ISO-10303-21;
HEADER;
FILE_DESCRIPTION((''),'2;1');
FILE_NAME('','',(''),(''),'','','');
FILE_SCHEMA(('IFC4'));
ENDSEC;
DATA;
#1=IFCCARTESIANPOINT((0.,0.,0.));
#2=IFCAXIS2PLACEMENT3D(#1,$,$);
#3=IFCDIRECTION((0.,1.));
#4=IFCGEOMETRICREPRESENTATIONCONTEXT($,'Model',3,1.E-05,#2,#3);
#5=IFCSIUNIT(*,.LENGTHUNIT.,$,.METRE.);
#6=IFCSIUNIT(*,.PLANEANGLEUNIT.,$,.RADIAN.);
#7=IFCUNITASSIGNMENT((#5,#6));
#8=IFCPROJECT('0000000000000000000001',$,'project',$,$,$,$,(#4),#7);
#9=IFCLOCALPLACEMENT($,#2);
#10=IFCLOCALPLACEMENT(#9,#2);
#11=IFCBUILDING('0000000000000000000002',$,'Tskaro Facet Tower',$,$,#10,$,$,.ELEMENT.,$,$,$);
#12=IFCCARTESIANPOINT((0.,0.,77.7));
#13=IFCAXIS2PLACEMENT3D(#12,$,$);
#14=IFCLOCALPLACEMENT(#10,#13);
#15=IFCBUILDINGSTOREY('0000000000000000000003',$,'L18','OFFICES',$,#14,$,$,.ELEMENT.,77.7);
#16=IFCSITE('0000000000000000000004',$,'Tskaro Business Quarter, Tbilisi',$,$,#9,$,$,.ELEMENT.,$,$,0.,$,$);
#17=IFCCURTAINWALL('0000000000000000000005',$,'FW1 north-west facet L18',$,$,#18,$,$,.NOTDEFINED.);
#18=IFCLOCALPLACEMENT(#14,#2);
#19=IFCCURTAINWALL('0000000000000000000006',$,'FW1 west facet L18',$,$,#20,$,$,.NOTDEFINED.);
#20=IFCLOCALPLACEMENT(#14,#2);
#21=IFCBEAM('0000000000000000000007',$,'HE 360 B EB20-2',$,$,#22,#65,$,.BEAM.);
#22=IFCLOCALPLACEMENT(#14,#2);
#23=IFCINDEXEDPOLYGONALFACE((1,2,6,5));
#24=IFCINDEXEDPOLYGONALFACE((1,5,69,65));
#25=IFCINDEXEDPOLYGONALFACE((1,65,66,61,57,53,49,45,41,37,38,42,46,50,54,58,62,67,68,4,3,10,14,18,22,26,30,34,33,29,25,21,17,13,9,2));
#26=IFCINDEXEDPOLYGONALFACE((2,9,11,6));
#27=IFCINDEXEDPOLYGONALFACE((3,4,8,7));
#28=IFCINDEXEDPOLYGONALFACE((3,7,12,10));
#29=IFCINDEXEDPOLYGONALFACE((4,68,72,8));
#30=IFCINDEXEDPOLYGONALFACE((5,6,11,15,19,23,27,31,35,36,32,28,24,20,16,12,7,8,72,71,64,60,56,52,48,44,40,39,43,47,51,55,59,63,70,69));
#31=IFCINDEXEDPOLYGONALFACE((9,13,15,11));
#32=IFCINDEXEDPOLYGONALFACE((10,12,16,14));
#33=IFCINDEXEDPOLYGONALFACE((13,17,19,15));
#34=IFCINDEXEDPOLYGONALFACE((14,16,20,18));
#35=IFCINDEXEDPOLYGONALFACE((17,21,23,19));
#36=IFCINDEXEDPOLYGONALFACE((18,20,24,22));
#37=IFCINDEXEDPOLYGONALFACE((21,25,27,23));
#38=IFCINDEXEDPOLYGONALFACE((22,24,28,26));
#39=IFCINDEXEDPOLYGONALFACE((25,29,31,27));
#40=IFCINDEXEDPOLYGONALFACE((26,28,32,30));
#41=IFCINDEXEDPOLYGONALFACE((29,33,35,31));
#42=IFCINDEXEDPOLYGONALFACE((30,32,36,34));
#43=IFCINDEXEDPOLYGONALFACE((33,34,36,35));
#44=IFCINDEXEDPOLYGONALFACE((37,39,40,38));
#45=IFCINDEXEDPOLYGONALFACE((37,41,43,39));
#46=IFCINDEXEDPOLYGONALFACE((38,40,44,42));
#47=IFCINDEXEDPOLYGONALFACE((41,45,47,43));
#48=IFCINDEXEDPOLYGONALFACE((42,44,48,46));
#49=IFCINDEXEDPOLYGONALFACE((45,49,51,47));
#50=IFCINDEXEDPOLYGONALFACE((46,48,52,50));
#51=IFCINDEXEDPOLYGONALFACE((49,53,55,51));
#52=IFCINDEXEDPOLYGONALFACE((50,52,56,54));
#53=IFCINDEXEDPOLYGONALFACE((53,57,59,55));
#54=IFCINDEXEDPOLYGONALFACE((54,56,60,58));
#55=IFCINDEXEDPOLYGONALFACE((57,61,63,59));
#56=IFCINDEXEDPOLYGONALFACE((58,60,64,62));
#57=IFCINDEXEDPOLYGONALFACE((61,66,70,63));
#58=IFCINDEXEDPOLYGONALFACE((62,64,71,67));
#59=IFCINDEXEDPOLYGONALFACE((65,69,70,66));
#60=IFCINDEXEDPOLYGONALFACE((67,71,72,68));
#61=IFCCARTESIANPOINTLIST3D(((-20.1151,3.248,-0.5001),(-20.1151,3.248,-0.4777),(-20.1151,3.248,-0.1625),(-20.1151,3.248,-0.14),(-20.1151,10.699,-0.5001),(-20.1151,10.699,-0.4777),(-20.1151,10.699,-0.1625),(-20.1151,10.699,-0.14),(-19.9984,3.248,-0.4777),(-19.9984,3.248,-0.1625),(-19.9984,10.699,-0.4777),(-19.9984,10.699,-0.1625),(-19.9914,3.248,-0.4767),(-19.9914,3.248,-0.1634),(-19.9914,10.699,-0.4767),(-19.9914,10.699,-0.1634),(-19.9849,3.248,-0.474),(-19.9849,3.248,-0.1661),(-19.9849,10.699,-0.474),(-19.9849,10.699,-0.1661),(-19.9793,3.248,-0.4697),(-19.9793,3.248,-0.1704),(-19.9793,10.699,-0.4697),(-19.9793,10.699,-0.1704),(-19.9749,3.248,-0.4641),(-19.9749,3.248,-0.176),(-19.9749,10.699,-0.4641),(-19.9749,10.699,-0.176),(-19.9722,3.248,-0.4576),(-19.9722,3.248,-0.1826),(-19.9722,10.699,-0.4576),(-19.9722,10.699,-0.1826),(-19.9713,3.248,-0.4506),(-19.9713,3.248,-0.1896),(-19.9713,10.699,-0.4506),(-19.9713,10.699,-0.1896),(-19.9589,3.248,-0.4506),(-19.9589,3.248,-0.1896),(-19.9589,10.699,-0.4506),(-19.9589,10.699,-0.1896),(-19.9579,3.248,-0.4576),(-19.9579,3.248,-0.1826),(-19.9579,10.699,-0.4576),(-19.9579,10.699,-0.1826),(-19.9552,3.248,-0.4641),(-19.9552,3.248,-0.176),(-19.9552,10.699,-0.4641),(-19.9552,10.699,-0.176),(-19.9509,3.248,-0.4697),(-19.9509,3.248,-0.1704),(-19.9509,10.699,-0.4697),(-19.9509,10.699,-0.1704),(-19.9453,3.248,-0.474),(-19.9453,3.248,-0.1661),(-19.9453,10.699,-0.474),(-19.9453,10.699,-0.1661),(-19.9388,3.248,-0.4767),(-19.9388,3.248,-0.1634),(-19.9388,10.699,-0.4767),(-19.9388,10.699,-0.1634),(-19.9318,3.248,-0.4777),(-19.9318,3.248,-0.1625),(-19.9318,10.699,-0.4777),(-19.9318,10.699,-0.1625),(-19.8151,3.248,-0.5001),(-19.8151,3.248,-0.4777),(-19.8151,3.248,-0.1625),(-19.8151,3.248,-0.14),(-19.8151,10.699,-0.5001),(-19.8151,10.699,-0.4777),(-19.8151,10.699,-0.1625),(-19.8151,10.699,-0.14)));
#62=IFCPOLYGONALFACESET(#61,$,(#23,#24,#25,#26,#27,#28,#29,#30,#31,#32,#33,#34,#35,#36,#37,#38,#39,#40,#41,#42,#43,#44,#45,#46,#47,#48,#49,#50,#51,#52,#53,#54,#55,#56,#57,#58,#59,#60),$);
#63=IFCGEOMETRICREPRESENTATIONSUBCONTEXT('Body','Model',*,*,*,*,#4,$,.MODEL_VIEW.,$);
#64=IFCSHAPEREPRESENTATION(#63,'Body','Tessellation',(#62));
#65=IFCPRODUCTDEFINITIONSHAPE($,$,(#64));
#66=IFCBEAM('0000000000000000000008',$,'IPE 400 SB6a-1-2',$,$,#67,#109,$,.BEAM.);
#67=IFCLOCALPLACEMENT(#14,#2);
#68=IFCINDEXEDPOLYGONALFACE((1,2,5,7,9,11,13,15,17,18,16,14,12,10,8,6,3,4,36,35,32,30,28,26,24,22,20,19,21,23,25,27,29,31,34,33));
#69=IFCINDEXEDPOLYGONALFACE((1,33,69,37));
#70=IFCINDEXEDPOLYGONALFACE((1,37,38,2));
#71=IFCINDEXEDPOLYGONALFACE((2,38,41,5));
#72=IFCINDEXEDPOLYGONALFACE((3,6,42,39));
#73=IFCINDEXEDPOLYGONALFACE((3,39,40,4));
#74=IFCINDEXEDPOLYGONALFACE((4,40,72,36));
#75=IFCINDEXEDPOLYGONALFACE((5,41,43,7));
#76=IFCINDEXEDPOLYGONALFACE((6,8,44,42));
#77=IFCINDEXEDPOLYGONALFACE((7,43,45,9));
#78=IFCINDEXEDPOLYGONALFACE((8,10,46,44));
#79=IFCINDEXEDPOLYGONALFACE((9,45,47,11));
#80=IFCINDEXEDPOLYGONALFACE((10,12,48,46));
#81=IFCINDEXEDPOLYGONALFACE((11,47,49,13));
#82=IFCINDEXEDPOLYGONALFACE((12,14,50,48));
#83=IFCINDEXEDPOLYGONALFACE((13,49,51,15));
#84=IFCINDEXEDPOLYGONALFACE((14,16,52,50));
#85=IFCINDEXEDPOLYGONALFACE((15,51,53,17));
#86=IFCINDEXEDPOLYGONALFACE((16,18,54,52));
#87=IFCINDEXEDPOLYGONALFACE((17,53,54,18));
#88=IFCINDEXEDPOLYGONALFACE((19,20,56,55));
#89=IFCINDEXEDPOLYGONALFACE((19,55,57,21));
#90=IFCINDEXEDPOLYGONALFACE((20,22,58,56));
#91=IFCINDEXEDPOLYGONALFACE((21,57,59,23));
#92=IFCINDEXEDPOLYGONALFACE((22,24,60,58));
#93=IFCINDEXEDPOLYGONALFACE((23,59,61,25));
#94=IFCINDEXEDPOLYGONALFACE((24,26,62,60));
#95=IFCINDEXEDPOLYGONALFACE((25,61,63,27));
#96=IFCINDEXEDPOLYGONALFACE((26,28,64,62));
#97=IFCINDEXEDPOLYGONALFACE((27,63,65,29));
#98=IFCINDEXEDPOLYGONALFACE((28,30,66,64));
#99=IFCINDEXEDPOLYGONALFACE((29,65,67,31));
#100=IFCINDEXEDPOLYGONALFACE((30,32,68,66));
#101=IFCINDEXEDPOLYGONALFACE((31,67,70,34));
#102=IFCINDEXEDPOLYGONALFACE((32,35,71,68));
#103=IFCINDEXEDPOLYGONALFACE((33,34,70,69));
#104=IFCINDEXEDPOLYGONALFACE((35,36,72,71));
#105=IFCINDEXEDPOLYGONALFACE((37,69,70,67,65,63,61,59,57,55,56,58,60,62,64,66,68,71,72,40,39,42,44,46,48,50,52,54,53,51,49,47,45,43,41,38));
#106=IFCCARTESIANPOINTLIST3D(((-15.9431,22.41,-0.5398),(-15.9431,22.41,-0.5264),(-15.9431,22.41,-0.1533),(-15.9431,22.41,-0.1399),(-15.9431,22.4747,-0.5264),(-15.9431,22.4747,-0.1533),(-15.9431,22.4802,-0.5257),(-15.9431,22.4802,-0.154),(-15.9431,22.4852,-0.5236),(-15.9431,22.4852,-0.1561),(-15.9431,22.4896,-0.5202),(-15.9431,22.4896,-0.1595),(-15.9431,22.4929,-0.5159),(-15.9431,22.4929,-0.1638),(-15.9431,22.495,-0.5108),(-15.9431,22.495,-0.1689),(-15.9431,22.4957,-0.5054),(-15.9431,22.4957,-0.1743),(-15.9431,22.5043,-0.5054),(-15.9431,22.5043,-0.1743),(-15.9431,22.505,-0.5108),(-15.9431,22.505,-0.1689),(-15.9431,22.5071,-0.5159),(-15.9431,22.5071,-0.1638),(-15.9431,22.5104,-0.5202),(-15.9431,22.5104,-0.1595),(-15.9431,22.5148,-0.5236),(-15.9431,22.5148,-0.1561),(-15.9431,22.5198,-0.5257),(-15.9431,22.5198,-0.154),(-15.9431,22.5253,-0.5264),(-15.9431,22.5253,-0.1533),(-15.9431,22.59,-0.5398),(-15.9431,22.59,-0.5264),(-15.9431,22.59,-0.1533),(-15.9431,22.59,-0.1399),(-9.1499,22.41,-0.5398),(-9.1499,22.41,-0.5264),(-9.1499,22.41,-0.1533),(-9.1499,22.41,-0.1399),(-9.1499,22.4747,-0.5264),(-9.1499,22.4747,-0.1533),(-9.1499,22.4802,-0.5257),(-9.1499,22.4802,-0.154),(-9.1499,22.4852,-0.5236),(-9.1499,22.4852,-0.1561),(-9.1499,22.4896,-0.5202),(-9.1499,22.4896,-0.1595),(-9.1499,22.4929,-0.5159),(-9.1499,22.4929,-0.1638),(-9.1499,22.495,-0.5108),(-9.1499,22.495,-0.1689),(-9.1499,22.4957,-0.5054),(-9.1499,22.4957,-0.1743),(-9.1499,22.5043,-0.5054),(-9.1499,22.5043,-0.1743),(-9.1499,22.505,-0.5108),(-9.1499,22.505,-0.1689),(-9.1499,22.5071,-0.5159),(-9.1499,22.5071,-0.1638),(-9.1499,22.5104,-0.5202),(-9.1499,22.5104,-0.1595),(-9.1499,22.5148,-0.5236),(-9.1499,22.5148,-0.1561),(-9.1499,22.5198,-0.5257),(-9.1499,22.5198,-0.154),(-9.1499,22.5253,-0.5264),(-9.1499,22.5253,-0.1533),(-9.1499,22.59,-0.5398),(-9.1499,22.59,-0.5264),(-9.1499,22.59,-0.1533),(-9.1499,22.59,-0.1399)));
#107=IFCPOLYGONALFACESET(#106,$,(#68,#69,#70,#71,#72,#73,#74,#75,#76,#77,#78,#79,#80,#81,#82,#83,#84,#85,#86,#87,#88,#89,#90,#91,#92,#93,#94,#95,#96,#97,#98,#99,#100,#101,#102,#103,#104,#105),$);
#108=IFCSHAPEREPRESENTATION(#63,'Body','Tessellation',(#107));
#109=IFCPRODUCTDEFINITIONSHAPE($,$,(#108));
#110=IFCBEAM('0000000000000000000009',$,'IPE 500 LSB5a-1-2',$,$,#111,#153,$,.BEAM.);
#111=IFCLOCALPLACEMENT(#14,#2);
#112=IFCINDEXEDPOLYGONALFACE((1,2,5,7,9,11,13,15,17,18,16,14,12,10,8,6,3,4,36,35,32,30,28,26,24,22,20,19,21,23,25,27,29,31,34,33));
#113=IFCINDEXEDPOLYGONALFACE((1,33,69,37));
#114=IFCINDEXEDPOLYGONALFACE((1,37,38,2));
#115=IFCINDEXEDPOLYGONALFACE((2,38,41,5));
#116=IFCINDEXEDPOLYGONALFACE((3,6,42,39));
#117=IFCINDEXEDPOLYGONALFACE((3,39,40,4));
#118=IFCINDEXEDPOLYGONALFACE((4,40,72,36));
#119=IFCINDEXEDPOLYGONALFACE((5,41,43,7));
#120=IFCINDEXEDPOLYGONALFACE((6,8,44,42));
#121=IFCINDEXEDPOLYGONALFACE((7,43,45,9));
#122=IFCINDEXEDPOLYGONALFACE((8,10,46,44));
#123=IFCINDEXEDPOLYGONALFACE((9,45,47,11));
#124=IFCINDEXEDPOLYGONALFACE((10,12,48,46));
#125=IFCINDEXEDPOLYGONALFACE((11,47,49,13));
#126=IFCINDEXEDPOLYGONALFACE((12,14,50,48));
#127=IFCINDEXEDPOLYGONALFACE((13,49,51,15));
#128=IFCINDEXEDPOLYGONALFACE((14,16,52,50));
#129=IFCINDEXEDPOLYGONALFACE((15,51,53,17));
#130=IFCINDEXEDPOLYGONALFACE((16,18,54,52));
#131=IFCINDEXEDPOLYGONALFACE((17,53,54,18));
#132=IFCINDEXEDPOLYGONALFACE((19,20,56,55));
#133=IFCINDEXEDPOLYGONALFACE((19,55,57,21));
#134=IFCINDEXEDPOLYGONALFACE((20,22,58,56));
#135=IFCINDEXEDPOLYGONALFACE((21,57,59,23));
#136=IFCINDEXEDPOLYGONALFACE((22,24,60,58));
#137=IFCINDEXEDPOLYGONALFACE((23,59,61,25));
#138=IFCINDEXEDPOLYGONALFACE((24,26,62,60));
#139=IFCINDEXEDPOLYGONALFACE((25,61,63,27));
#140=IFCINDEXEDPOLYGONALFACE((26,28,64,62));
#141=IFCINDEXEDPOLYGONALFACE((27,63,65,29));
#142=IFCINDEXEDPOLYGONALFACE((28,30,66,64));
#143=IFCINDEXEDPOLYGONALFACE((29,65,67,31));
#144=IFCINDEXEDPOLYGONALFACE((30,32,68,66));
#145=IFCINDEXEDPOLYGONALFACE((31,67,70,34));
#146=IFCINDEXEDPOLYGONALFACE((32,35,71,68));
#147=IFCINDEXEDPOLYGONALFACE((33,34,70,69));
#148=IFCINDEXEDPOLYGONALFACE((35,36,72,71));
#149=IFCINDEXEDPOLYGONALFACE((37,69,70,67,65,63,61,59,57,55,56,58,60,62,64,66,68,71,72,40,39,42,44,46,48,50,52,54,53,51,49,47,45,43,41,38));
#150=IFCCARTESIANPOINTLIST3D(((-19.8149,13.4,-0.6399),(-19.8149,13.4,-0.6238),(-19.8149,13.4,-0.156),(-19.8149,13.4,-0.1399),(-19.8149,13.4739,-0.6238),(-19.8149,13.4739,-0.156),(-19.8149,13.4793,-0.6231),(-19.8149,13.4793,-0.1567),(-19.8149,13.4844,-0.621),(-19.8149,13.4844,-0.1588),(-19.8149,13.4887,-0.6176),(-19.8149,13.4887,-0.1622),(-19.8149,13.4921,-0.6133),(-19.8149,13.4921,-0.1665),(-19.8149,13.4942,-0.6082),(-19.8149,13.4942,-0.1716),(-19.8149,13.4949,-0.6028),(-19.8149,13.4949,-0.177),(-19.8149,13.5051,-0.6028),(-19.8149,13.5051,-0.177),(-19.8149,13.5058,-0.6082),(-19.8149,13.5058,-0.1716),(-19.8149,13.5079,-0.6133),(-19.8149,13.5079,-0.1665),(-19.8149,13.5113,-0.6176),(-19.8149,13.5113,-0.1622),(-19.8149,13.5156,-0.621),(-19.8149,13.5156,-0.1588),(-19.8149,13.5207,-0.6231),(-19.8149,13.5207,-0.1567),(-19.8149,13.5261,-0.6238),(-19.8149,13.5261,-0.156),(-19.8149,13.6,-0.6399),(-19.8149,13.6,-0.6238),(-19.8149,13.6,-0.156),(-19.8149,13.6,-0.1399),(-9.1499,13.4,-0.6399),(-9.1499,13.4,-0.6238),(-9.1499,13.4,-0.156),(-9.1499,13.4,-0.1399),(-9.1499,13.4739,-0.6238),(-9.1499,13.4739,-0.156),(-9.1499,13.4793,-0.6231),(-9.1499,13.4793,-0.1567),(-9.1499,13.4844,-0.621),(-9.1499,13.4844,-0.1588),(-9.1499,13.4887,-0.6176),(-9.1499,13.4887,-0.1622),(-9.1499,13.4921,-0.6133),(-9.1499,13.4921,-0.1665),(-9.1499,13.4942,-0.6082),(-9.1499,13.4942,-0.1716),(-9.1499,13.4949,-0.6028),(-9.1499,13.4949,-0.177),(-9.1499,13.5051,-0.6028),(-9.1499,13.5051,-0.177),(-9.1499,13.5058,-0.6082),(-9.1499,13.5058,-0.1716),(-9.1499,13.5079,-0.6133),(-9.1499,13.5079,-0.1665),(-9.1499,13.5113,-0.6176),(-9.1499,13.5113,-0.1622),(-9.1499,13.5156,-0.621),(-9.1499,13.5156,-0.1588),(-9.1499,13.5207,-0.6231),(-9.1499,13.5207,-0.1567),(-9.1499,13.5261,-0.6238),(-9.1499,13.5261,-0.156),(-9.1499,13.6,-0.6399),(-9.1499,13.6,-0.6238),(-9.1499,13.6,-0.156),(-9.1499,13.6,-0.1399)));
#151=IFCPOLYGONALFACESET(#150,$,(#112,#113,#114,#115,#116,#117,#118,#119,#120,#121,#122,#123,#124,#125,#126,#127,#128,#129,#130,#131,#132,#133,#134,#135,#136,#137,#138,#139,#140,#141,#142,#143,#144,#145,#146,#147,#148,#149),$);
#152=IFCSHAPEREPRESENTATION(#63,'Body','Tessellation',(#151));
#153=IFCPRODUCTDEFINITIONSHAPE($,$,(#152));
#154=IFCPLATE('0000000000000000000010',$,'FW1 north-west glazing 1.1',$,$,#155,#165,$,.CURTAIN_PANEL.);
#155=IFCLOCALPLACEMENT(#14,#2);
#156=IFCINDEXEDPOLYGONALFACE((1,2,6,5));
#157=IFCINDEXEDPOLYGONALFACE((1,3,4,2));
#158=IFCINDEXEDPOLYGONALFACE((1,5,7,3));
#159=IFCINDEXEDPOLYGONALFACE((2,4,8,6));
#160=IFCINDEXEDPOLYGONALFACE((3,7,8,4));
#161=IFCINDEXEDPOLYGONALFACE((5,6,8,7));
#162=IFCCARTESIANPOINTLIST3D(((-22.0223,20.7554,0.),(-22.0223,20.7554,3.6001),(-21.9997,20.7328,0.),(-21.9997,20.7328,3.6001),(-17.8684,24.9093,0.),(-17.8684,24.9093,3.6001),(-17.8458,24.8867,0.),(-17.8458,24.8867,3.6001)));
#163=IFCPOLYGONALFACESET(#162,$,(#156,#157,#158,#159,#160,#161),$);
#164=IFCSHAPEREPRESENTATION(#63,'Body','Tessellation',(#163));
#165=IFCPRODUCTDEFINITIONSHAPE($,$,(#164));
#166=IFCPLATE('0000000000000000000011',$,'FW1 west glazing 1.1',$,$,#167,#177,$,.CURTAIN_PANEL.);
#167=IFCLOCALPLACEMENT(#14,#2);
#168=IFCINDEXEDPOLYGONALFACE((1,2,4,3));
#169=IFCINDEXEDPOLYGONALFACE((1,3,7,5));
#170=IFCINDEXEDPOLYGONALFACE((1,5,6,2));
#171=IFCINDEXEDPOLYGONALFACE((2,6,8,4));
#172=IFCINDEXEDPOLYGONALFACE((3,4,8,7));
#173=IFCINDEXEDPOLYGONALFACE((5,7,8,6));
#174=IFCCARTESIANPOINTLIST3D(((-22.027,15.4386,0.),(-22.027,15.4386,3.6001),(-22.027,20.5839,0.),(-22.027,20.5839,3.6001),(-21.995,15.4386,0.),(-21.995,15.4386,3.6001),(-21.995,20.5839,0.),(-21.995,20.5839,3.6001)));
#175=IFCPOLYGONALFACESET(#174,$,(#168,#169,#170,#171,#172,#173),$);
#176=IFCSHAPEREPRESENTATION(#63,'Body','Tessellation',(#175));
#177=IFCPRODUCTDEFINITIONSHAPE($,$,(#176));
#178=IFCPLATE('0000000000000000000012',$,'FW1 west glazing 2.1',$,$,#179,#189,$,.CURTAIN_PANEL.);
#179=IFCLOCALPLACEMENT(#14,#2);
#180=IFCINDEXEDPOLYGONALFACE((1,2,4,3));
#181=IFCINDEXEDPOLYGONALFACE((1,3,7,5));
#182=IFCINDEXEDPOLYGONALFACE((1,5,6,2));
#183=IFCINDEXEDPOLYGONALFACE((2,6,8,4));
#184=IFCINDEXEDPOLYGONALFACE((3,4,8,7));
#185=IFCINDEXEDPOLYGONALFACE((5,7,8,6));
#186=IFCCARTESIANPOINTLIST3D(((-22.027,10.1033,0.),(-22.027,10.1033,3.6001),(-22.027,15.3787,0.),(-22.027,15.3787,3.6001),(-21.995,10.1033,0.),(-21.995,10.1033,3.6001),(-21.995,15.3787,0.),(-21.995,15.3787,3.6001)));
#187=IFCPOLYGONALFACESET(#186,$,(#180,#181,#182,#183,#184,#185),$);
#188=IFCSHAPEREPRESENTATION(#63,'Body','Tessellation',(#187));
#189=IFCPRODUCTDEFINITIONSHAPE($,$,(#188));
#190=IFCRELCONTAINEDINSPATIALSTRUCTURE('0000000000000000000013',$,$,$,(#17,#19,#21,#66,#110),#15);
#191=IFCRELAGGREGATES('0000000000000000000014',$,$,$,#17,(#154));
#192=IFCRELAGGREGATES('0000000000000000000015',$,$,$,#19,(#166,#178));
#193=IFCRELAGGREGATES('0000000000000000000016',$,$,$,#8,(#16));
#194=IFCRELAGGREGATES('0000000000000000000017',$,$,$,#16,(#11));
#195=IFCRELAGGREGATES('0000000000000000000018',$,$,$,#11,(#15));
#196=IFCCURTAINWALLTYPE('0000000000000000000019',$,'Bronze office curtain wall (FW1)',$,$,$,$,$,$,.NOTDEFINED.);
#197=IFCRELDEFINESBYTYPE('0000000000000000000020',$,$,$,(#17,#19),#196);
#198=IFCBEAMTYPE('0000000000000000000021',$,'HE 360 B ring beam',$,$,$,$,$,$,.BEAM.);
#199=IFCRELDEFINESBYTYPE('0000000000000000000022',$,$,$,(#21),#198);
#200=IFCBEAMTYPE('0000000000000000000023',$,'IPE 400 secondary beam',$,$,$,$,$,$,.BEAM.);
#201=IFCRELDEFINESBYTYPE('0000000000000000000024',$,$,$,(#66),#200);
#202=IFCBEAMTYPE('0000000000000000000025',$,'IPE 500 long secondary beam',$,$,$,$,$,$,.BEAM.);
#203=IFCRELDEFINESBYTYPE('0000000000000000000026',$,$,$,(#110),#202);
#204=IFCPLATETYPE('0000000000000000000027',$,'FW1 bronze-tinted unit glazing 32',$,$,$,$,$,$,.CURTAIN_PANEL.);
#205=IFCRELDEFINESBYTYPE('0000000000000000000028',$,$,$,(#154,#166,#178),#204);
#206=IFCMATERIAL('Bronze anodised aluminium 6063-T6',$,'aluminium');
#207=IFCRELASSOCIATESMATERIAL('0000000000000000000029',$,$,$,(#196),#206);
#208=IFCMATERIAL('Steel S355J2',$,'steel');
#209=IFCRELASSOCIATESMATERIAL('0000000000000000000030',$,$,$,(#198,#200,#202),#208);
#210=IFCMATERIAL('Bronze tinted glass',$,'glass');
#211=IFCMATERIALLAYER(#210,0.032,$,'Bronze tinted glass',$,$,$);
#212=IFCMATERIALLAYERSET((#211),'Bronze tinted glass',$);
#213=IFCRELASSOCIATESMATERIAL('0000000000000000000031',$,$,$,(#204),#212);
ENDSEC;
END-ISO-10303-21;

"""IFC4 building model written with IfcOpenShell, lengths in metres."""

from ifc_helpers import new_model, si_unit, direction, frame, origin, origin_2d, place, context, subcontext, project, spatial, rectangle, i_section, extrude, material, layer, layer_set, material_profile, profile_set, type_object, element, aggregate, save


model = new_model("IFC4")

# Units and contexts
model_context = context("Model", 3, precision=1e-05, world=origin(), true_north=direction((0.0, 1.0)))
body_context = subcontext(model_context, "Body", "Model", "MODEL_VIEW")
ifc_project = project(units=[si_unit("LENGTHUNIT", "METRE"), si_unit("PLANEANGLEUNIT", "RADIAN")], contexts=[model_context])

# Site, building, storey
site_placement = place(None, origin())
site = spatial("IfcSite", under=ifc_project, at=site_placement, Name="Tskaro Business Quarter, Tbilisi", CompositionType="ELEMENT", RefElevation=0.0)
building_placement = place(site_placement, origin())
building = spatial("IfcBuilding", under=site, at=building_placement, Name="Tskaro Facet Tower", CompositionType="ELEMENT")
storey_placement = place(building_placement, frame((0.0, 0.0, 77.7)))
storey = spatial("IfcBuildingStorey", under=building, at=storey_placement, Name="L18", Description="OFFICES", CompositionType="ELEMENT", Elevation=77.7)

# Curtain wall
ifc_material_1 = material(Name="Bronze anodised aluminium 6063-T6", Category="aluminium")
curtain_wall_type = type_object("IfcCurtainWallType", Name="Bronze office curtain wall (FW1)", PredefinedType="NOTDEFINED", material=ifc_material_1)
curtain_wall_1_placement = place(storey_placement, origin())
curtain_wall_1 = element("IfcCurtainWall", 1, at=curtain_wall_1_placement, inside=storey, type_object=curtain_wall_type, Name="FW1 north-west facet L18", PredefinedType="NOTDEFINED")

# Curtain wall
curtain_wall_2_placement = place(storey_placement, origin())
curtain_wall_2 = element("IfcCurtainWall", 2, at=curtain_wall_2_placement, inside=storey, type_object=curtain_wall_type, Name="FW1 west facet L18", PredefinedType="NOTDEFINED")

# Beams
ifc_material_2 = material(Name="Steel S355J2", Category="steel")
ifc_material_profile_1 = material_profile(ifc_material_2, i_section(OverallWidth=0.3, OverallDepth=0.3601, WebThickness=0.0125, FlangeThickness=0.0225, FilletRadius=0.0271, at=origin_2d()), Name="HE 360 B")
ifc_profile_set_1 = profile_set([ifc_material_profile_1], Name="Steel S355J2")
beam_type_1 = type_object("IfcBeamType", Name="HE 360 B ring beam", PredefinedType="BEAM", material=ifc_profile_set_1)
for number, where, z_axis, x_axis, name in (
    (3, (-19.9651, 10.699, -0.3201), (0.0, -1.0, 0.0), (1.0, 0.0, 0.0), "HE 360 B EB20-2"),
):
    element("IfcBeam", number, at=place(storey_placement, frame(where, z_axis=z_axis, x_axis=x_axis)), inside=storey, type_object=beam_type_1, Name=name, PredefinedType="BEAM", context=body_context, shape_type="SweptSolid", body=[
        extrude(i_section(OverallWidth=0.3, OverallDepth=0.3601, WebThickness=0.0125, FlangeThickness=0.0225, FilletRadius=0.0271, at=origin_2d()), origin(), (0.0, 0.0, 1.0), 7.4509),
    ])
ifc_material_profile_2 = material_profile(ifc_material_2, i_section(OverallWidth=0.1799, OverallDepth=0.3999, WebThickness=0.0085, FlangeThickness=0.0134, FilletRadius=0.021, at=origin_2d()), Name="IPE 400")
ifc_profile_set_2 = profile_set([ifc_material_profile_2], Name="Steel S355J2")
beam_type_2 = type_object("IfcBeamType", Name="IPE 400 secondary beam", PredefinedType="BEAM", material=ifc_profile_set_2)
beam_1_placement = place(storey_placement, frame((-15.9431, 22.5, -0.3398), z_axis=(1.0, 0.0, 0.0), x_axis=(0.0, 1.0, 0.0)))
element("IfcBeam", 4, at=beam_1_placement, inside=storey, type_object=beam_type_2, Name="IPE 400 SB6a-1-2", PredefinedType="BEAM", context=body_context, shape_type="SweptSolid", body=[
    extrude(i_section(OverallWidth=0.1799, OverallDepth=0.3999, WebThickness=0.0085, FlangeThickness=0.0134, FilletRadius=0.021, at=origin_2d()), origin(), (0.0, 0.0, 1.0), 6.7932),
])
ifc_material_profile_3 = material_profile(ifc_material_2, i_section(OverallWidth=0.2, OverallDepth=0.5, WebThickness=0.0103, FlangeThickness=0.0161, FilletRadius=0.021, at=origin_2d()), Name="IPE 500")
ifc_profile_set_3 = profile_set([ifc_material_profile_3], Name="Steel S355J2")
beam_type_3 = type_object("IfcBeamType", Name="IPE 500 long secondary beam", PredefinedType="BEAM", material=ifc_profile_set_3)
beam_2_placement = place(storey_placement, frame((-19.8149, 13.5, -0.3899), z_axis=(1.0, 0.0, 0.0), x_axis=(0.0, 1.0, 0.0)))
element("IfcBeam", 5, at=beam_2_placement, inside=storey, type_object=beam_type_3, Name="IPE 500 LSB5a-1-2", PredefinedType="BEAM", context=body_context, shape_type="SweptSolid", body=[
    extrude(i_section(OverallWidth=0.2, OverallDepth=0.5, WebThickness=0.0103, FlangeThickness=0.0161, FilletRadius=0.021, at=origin_2d()), origin(), (0.0, 0.0, 1.0), 10.665),
])

# Plates
ifc_material_3 = material(Name="Bronze tinted glass", Category="glass")
ifc_layer_1 = layer(ifc_material_3, 0.032, Name="Bronze tinted glass")
ifc_layer_set_1 = layer_set([ifc_layer_1], Name="Bronze tinted glass")
plate_type = type_object("IfcPlateType", Name="FW1 bronze-tinted unit glazing 32", PredefinedType="CURTAIN_PANEL", material=ifc_layer_set_1)
plate_1_placement = place(storey_placement, frame((-19.9341, 22.821, 0.0), z_axis=(0.0, 0.0, 1.0), x_axis=(-0.707107, -0.707107, 0.0)))
plate_1 = element("IfcPlate", 6, at=plate_1_placement, type_object=plate_type, Name="FW1 north-west glazing 1.1", PredefinedType="CURTAIN_PANEL", context=body_context, shape_type="SweptSolid", body=[
    extrude(rectangle(XDim=5.8745, YDim=0.032, at=origin_2d()), origin(), (0.0, 0.0, 1.0), 3.6001),
])
aggregate(curtain_wall_1, [plate_1])
plate_2_placement = place(storey_placement, frame((-22.011, 18.0112, 0.0), z_axis=(0.0, 0.0, 1.0), x_axis=(0.0, -1.0, 0.0)))
plate_2 = element("IfcPlate", 7, at=plate_2_placement, type_object=plate_type, Name="FW1 west glazing 1.1", PredefinedType="CURTAIN_PANEL", context=body_context, shape_type="SweptSolid", body=[
    extrude(rectangle(XDim=5.1453, YDim=0.032, at=origin_2d()), origin(), (0.0, 0.0, 1.0), 3.6001),
])
plate_3_placement = place(storey_placement, frame((-22.011, 12.741, 0.0), z_axis=(0.0, 0.0, 1.0), x_axis=(0.0, -1.0, 0.0)))
plate_3 = element("IfcPlate", 8, at=plate_3_placement, type_object=plate_type, Name="FW1 west glazing 2.1", PredefinedType="CURTAIN_PANEL", context=body_context, shape_type="SweptSolid", body=[
    extrude(rectangle(XDim=5.2754, YDim=0.032, at=origin_2d()), origin(), (0.0, 0.0, 1.0), 3.6001),
])
aggregate(curtain_wall_2, [plate_2, plate_3])

save(model, "model.ifc")
